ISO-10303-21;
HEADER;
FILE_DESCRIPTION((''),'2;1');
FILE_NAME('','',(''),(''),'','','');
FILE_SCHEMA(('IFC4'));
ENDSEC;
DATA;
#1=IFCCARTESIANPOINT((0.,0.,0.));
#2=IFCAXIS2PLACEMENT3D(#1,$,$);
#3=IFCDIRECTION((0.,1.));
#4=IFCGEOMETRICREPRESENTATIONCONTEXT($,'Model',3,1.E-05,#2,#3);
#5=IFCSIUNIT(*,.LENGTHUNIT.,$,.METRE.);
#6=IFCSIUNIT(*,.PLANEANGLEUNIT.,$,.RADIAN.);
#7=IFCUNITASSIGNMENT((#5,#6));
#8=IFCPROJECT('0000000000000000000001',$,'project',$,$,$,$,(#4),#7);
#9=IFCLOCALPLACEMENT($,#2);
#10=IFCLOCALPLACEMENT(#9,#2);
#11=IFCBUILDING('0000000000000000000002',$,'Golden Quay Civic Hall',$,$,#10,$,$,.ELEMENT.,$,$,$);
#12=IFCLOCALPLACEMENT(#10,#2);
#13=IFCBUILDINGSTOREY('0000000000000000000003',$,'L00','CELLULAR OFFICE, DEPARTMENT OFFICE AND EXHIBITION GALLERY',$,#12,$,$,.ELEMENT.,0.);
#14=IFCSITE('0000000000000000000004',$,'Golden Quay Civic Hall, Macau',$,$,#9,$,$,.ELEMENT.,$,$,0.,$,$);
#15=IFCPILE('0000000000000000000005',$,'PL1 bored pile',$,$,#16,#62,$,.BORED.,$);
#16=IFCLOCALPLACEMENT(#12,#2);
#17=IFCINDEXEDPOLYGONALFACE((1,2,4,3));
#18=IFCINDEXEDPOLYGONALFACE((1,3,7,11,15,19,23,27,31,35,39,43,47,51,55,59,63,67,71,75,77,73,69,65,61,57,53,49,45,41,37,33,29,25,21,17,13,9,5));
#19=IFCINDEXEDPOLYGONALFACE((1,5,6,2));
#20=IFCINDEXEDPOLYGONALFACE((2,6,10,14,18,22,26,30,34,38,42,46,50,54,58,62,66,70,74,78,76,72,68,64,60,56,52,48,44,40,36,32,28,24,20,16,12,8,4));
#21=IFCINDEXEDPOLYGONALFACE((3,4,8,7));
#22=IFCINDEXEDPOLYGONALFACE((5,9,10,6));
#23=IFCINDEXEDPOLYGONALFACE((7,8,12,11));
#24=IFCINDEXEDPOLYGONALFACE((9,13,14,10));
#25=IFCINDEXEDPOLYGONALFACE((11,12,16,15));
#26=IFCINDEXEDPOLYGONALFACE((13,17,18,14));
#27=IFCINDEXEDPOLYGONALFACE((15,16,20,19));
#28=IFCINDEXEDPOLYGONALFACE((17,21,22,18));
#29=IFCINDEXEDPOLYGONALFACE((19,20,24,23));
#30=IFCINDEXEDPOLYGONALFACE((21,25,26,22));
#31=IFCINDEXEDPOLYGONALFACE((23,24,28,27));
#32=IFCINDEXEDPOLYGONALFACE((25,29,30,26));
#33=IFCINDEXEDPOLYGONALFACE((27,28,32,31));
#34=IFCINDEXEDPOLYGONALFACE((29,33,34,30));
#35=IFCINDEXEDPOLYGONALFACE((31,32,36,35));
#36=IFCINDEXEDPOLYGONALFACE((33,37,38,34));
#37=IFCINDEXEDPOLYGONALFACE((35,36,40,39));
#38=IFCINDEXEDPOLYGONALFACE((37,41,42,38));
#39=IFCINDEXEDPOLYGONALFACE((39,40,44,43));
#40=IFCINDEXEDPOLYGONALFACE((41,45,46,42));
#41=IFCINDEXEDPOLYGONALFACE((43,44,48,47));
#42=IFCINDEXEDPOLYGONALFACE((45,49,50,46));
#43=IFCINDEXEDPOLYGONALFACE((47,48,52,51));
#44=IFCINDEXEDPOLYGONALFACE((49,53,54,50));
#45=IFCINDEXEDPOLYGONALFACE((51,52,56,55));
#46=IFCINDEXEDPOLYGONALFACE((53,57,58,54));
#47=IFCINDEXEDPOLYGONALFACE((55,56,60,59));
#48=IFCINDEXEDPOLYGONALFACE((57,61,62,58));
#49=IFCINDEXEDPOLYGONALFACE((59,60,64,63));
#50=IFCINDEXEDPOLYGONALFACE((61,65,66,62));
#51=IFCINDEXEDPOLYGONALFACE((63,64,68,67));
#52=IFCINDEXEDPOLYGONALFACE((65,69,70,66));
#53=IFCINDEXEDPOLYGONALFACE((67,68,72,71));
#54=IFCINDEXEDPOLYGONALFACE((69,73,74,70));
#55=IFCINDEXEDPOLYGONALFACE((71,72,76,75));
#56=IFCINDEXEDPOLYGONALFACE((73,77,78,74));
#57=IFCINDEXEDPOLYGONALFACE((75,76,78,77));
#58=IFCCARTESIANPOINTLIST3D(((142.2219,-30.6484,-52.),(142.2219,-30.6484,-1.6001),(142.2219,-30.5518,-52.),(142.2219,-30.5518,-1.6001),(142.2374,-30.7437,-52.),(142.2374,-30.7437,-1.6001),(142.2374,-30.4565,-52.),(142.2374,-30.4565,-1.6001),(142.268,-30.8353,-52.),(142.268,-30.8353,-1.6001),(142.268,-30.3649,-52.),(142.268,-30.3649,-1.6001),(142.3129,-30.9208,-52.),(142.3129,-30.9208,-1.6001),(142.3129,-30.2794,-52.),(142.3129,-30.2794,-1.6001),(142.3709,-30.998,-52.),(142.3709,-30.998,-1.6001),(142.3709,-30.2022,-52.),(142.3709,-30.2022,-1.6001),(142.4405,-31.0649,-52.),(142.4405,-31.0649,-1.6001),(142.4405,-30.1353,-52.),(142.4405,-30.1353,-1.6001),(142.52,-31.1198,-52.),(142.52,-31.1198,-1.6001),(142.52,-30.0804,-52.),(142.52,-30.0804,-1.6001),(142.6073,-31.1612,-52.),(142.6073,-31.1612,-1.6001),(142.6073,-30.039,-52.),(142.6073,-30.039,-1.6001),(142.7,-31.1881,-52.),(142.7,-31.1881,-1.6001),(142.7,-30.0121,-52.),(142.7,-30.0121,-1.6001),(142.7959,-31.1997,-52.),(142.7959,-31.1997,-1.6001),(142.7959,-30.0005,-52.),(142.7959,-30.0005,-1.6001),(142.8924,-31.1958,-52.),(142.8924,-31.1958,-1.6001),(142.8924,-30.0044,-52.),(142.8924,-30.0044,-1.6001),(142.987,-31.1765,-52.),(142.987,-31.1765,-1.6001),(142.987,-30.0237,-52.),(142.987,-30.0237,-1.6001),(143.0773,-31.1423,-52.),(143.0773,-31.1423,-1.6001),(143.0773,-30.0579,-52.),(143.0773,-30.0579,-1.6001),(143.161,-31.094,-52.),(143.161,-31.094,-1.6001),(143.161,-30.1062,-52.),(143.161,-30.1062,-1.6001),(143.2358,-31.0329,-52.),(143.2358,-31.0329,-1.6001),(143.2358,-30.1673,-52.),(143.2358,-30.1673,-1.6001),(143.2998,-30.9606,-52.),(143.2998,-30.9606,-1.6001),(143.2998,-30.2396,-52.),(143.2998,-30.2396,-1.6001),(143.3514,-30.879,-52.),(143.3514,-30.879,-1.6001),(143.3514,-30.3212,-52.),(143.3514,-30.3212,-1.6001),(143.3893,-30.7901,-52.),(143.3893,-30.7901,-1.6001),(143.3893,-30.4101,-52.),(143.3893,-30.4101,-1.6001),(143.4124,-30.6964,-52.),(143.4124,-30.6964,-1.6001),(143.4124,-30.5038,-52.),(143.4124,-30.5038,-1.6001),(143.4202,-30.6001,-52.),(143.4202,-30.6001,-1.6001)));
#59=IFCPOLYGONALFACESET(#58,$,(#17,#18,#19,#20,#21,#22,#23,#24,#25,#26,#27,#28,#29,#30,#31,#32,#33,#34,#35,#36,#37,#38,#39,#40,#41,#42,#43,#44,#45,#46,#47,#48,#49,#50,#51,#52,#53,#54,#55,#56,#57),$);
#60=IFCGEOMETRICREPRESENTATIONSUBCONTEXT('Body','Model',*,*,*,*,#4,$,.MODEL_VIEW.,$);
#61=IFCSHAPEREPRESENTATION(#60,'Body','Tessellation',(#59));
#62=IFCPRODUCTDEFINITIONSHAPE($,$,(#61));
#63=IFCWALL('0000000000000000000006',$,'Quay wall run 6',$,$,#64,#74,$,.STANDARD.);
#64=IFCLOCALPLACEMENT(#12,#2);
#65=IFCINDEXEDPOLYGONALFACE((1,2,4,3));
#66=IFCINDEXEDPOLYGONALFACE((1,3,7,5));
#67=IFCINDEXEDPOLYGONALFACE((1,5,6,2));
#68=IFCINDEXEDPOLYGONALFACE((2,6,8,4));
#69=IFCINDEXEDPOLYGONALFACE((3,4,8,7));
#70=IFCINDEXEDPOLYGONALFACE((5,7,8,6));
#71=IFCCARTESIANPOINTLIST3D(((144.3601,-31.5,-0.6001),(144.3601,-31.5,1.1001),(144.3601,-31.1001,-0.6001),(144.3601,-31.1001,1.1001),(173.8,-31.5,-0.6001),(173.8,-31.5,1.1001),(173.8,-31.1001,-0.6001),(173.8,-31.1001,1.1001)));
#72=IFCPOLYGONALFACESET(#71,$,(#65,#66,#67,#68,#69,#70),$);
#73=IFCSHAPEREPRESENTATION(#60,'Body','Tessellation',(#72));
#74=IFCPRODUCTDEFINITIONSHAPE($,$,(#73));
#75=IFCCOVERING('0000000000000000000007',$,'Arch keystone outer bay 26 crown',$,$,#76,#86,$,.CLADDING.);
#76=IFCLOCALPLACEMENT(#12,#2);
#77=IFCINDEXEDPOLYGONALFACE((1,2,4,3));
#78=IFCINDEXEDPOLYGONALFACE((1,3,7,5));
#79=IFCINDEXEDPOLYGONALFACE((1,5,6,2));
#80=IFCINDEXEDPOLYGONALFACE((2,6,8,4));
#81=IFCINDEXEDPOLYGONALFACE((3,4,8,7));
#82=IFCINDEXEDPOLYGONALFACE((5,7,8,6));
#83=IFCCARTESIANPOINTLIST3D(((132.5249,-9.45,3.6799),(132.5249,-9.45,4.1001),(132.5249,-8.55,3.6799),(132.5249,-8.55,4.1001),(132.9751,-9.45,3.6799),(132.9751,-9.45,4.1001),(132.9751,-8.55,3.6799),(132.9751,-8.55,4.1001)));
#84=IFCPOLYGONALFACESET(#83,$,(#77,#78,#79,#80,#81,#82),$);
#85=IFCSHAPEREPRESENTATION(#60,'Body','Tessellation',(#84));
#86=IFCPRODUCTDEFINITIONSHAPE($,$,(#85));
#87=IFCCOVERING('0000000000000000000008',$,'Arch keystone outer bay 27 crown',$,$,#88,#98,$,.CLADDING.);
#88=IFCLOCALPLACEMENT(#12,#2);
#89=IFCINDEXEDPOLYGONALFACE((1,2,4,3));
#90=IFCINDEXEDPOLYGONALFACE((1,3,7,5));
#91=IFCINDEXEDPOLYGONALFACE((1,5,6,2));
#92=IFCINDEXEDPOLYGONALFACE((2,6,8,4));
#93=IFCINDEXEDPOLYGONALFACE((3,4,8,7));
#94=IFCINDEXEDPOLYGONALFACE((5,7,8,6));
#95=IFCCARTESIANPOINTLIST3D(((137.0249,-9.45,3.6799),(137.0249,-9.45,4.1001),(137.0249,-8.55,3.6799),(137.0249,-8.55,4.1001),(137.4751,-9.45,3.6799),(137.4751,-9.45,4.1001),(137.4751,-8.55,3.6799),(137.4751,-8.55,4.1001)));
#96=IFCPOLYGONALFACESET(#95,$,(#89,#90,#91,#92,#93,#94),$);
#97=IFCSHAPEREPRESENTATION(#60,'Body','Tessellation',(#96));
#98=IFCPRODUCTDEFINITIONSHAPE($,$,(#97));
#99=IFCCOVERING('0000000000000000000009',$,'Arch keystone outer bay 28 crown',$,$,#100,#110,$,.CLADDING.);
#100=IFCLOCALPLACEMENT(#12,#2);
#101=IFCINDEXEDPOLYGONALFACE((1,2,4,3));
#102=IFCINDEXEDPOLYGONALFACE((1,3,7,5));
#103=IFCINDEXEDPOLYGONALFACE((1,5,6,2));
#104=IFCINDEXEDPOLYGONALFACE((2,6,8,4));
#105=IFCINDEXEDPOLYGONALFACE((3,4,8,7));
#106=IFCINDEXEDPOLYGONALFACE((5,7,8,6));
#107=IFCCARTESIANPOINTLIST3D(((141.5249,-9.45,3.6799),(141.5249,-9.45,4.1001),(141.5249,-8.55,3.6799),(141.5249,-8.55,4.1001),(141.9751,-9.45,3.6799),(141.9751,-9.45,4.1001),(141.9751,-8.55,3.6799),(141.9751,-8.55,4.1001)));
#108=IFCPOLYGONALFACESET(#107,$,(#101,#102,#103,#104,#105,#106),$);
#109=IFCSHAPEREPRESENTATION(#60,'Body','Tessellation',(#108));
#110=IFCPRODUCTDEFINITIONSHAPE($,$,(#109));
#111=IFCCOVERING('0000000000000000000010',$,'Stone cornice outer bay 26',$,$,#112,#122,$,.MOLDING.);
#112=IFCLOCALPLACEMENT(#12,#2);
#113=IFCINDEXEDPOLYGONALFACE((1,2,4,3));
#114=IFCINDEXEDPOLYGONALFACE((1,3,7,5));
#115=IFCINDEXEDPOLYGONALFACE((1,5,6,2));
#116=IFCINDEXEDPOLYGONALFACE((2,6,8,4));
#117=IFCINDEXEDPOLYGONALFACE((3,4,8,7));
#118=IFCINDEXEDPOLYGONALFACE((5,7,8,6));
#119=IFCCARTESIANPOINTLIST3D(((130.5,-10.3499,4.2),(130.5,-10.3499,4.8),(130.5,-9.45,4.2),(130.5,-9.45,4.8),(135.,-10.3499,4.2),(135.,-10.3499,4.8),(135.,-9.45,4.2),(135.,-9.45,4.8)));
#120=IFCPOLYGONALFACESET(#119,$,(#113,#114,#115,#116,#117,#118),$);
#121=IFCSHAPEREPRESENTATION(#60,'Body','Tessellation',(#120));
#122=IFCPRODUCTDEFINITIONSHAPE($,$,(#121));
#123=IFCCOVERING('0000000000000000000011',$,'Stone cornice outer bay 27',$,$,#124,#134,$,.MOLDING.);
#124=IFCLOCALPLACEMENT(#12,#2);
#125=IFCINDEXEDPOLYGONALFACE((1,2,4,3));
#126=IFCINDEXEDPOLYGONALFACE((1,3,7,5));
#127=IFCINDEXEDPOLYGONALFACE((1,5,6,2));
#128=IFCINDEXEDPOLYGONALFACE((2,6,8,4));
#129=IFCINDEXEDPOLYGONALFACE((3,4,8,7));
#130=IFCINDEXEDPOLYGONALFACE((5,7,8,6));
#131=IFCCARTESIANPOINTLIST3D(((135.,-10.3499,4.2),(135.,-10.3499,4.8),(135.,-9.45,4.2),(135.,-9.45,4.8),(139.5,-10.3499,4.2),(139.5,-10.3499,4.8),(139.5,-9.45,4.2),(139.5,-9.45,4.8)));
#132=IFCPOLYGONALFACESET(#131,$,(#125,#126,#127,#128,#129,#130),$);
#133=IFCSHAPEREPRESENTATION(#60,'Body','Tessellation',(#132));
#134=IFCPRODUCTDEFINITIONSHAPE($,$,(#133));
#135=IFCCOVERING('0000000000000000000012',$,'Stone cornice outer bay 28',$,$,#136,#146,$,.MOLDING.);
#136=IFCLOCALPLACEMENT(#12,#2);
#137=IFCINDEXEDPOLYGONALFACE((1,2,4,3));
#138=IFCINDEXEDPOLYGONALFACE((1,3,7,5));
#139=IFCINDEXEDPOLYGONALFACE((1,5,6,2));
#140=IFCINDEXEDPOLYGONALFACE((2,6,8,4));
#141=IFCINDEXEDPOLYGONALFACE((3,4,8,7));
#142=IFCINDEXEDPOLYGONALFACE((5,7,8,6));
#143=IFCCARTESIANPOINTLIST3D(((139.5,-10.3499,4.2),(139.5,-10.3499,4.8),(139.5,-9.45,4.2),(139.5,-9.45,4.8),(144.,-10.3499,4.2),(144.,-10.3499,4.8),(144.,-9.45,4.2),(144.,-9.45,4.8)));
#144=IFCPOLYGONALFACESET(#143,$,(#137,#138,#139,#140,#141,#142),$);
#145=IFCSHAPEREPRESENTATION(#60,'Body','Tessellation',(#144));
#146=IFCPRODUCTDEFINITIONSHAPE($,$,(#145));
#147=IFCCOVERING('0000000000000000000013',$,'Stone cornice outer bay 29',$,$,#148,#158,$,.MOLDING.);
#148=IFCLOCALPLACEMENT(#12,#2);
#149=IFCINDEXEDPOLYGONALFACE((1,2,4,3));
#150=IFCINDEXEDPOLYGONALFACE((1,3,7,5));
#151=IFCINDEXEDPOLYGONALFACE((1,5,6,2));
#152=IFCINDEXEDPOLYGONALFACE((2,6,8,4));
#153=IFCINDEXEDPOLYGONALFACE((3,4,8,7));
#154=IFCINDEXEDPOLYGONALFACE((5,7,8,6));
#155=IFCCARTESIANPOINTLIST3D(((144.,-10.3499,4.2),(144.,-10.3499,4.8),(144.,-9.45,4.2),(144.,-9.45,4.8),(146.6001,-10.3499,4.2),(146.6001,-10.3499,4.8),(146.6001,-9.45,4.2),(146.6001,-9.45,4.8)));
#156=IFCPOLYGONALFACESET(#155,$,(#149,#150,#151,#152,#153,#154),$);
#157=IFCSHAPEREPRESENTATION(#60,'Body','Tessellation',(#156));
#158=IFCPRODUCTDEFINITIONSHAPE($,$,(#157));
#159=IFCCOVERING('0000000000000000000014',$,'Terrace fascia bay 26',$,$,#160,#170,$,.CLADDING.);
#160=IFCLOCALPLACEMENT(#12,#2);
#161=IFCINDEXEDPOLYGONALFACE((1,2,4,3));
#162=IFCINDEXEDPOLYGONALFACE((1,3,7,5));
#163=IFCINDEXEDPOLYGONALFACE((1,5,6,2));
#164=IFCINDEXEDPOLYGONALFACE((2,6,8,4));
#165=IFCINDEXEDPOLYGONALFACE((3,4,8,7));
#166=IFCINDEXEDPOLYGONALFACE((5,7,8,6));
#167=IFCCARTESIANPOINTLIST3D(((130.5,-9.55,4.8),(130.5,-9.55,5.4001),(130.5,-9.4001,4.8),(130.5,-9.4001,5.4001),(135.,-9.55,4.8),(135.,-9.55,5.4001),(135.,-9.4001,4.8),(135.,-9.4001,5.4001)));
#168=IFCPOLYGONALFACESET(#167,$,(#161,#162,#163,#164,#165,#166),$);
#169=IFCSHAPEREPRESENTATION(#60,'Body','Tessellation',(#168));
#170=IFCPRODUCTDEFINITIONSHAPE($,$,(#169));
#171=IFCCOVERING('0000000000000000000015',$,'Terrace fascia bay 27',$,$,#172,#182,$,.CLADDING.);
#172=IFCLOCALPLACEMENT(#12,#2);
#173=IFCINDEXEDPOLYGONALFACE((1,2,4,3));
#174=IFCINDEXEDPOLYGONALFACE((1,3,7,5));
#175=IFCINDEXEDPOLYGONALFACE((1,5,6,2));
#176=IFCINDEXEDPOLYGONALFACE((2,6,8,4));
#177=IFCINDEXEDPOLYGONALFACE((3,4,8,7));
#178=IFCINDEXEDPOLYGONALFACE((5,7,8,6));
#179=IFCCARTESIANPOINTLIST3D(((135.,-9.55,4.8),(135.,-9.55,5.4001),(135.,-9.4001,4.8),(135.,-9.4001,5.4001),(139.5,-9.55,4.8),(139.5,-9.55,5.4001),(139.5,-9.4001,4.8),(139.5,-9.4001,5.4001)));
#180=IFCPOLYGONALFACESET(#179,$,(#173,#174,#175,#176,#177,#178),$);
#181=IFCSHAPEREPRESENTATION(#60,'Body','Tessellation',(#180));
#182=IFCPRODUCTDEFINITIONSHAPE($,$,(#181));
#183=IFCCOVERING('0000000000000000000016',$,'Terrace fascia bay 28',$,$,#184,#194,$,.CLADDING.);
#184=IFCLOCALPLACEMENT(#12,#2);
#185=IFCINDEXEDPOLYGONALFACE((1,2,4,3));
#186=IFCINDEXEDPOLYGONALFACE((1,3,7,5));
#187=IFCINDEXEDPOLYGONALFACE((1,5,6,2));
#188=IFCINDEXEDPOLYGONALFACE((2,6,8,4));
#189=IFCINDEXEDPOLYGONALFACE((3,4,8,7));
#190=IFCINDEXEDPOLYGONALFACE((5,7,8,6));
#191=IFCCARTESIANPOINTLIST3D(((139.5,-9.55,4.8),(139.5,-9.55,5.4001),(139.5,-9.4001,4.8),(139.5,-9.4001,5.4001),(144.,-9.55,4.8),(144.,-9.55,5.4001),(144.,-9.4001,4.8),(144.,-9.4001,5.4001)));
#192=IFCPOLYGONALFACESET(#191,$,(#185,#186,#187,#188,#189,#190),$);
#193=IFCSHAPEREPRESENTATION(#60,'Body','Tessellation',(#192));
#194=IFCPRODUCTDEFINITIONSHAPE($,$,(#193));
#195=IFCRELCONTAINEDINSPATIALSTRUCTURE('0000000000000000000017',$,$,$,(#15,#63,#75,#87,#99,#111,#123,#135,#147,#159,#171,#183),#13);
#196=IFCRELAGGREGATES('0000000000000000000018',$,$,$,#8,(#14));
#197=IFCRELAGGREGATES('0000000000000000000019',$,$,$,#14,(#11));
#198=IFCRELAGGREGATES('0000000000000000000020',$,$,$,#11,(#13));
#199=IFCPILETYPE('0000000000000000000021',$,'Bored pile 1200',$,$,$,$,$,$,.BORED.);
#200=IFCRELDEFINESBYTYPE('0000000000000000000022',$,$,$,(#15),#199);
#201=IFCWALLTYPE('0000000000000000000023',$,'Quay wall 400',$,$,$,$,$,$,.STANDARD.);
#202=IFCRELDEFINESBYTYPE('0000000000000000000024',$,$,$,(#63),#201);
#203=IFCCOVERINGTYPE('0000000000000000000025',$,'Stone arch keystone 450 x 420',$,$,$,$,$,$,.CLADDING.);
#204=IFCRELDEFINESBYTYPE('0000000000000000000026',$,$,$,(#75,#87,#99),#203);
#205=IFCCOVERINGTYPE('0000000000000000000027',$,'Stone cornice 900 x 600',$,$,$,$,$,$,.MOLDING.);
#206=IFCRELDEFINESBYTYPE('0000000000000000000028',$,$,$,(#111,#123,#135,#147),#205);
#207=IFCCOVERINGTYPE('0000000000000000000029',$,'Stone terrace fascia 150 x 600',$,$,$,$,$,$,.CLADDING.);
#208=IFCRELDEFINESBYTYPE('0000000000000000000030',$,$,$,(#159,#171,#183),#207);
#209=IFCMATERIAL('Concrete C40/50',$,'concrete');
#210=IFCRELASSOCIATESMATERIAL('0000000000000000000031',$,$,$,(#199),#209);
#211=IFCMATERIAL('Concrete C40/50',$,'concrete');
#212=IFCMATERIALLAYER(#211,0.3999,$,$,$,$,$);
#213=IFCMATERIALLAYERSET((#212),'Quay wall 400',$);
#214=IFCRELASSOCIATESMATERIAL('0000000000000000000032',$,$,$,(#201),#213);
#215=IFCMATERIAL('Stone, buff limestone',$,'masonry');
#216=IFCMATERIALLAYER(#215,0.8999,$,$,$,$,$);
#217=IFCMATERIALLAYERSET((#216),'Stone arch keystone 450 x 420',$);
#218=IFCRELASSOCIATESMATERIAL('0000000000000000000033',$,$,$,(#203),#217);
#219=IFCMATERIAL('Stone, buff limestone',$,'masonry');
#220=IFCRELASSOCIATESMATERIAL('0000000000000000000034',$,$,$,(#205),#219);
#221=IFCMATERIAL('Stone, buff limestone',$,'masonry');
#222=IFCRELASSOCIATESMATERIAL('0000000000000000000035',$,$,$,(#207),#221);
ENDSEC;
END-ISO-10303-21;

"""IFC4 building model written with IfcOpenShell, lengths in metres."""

from ifc_helpers import new_model, si_unit, direction, frame, frame_2d, origin, origin_2d, place, context, subcontext, project, spatial, polyline, rectangle, circle, outline, extrude, material, layer, layer_set, material_profile, profile_set, type_object, element, save


model = new_model("IFC4")

# Units and contexts
model_context = context("Model", 3, precision=1e-05, world=origin(), true_north=direction((0.0, 1.0)))
body_context = subcontext(model_context, "Body", "Model", "MODEL_VIEW")
ifc_project = project(units=[si_unit("LENGTHUNIT", "METRE"), si_unit("PLANEANGLEUNIT", "RADIAN")], contexts=[model_context])

# Site, building, storey
site_placement = place(None, origin())
site = spatial("IfcSite", under=ifc_project, at=site_placement, Name="Golden Quay Civic Hall, Macau", CompositionType="ELEMENT", RefElevation=0.0)
building_placement = place(site_placement, origin())
building = spatial("IfcBuilding", under=site, at=building_placement, Name="Golden Quay Civic Hall", CompositionType="ELEMENT")
storey_placement = place(building_placement, origin())
storey = spatial("IfcBuildingStorey", under=building, at=storey_placement, Name="L00", Description="CELLULAR OFFICE, DEPARTMENT OFFICE AND EXHIBITION GALLERY", CompositionType="ELEMENT", Elevation=0.0)

# Pile
ifc_material_1 = material(Name="Concrete C40/50", Category="concrete")
ifc_material_profile_1 = material_profile(ifc_material_1, circle(Radius=0.6001, at=origin_2d()), Name="RC D1200")
ifc_profile_set_1 = profile_set([ifc_material_profile_1], Name="Concrete C40/50")
pile_type = type_object("IfcPileType", Name="Bored pile 1200", PredefinedType="BORED", material=ifc_profile_set_1)
for number, where, z_axis, x_axis, name in (
    (1, (142.8201, -30.6001, -1.6001), (0.0, 0.0, -1.0), (1.0, 0.0, 0.0), "PL1 bored pile"),
):
    element("IfcPile", number, at=place(storey_placement, frame(where, z_axis=z_axis, x_axis=x_axis)), inside=storey, type_object=pile_type, Name=name, PredefinedType="BORED", context=body_context, shape_type="SweptSolid", body=[
        extrude(circle(Radius=0.6001, at=origin_2d()), origin(), (0.0, 0.0, 1.0), 50.3999),
    ])

# Wall
ifc_material_2 = material(Name="Concrete C40/50", Category="concrete")
ifc_layer_1 = layer(ifc_material_2, 0.3999)
ifc_layer_set_1 = layer_set([ifc_layer_1], Name="Quay wall 400")
wall_type = type_object("IfcWallType", Name="Quay wall 400", PredefinedType="STANDARD", material=ifc_layer_set_1)
wall_placement = place(storey_placement, frame((144.3601, -31.3, -0.6001), z_axis=(0.0, 0.0, 1.0), x_axis=(1.0, 0.0, 0.0)))
element("IfcWall", 2, at=wall_placement, inside=storey, type_object=wall_type, Name="Quay wall run 6", PredefinedType="STANDARD", context=body_context, shape_type="SweptSolid", body=[
    extrude(rectangle(XDim=29.4399, YDim=0.3999, at=frame_2d((14.72, 0.0))), origin(), (0.0, 0.0, 1.0), 1.7002),
])

# Coverings
ifc_material_3 = material(Name="Stone, buff limestone", Category="masonry")
ifc_layer_2 = layer(ifc_material_3, 0.8999)
ifc_layer_set_2 = layer_set([ifc_layer_2], Name="Stone arch keystone 450 x 420")
covering_type_1 = type_object("IfcCoveringType", Name="Stone arch keystone 450 x 420", PredefinedType="CLADDING", material=ifc_layer_set_2)
for number, where, z_axis, x_axis, name in (
    (3, (132.5249, -9.45, 3.6799), (0.0, -1.0, 0.0), (1.0, 0.0, 0.0), "Arch keystone outer bay 26 crown"),
    (4, (137.0249, -9.45, 3.6799), (0.0, -1.0, 0.0), (1.0, 0.0, 0.0), "Arch keystone outer bay 27 crown"),
    (5, (141.5249, -9.45, 3.6799), (0.0, -1.0, 0.0), (1.0, 0.0, 0.0), "Arch keystone outer bay 28 crown"),
):
    element("IfcCovering", number, at=place(storey_placement, frame(where, z_axis=z_axis, x_axis=x_axis)), inside=storey, type_object=covering_type_1, Name=name, PredefinedType="CLADDING", context=body_context, shape_type="SweptSolid", body=[
        extrude(outline(polyline([(0.0, 0.0), (0.4502, 0.0), (0.4502, 0.4202), (0.0, 0.4202), (0.0, 0.0)])), origin(), (0.0, 0.0, -1.0), 0.8999),
    ])
ifc_material_4 = material(Name="Stone, buff limestone", Category="masonry")
ifc_material_profile_2 = material_profile(ifc_material_4, rectangle(XDim=0.8999, YDim=0.6001, at=origin_2d()), Name="RC 900x600")
ifc_profile_set_2 = profile_set([ifc_material_profile_2], Name="Stone, buff limestone")
covering_type_2 = type_object("IfcCoveringType", Name="Stone cornice 900 x 600", PredefinedType="MOLDING", material=ifc_profile_set_2)
for number, where, z_axis, x_axis, name in (
    (6, (130.5, -9.8999, 4.5), (1.0, 0.0, 0.0), (0.0, 1.0, 0.0), "Stone cornice outer bay 26"),
    (7, (135.0, -9.8999, 4.5), (1.0, 0.0, 0.0), (0.0, 1.0, 0.0), "Stone cornice outer bay 27"),
    (8, (139.5, -9.8999, 4.5), (1.0, 0.0, 0.0), (0.0, 1.0, 0.0), "Stone cornice outer bay 28"),
):
    element("IfcCovering", number, at=place(storey_placement, frame(where, z_axis=z_axis, x_axis=x_axis)), inside=storey, type_object=covering_type_2, Name=name, PredefinedType="MOLDING", context=body_context, shape_type="SweptSolid", body=[
        extrude(rectangle(XDim=0.8999, YDim=0.6001, at=origin_2d()), origin(), (0.0, 0.0, 1.0), 4.5),
    ])
covering_1_placement = place(storey_placement, frame((144.0, -9.8999, 4.5), z_axis=(1.0, 0.0, 0.0), x_axis=(0.0, 1.0, 0.0)))
element("IfcCovering", 9, at=covering_1_placement, inside=storey, type_object=covering_type_2, Name="Stone cornice outer bay 29", PredefinedType="MOLDING", context=body_context, shape_type="SweptSolid", body=[
    extrude(rectangle(XDim=0.8999, YDim=0.6001, at=origin_2d()), origin(), (0.0, 0.0, 1.0), 2.6001),
])
ifc_material_5 = material(Name="Stone, buff limestone", Category="masonry")
ifc_material_profile_3 = material_profile(ifc_material_5, rectangle(XDim=0.1499, YDim=0.6001, at=origin_2d()), Name="RC 150x600")
ifc_profile_set_3 = profile_set([ifc_material_profile_3], Name="Stone, buff limestone")
covering_type_3 = type_object("IfcCoveringType", Name="Stone terrace fascia 150 x 600", PredefinedType="CLADDING", material=ifc_profile_set_3)
for number, where, z_axis, x_axis, name in (
    (10, (130.5, -9.4751, 5.1001), (1.0, 0.0, 0.0), (0.0, 1.0, 0.0), "Terrace fascia bay 26"),
    (11, (135.0, -9.4751, 5.1001), (1.0, 0.0, 0.0), (0.0, 1.0, 0.0), "Terrace fascia bay 27"),
    (12, (139.5, -9.4751, 5.1001), (1.0, 0.0, 0.0), (0.0, 1.0, 0.0), "Terrace fascia bay 28"),
):
    element("IfcCovering", number, at=place(storey_placement, frame(where, z_axis=z_axis, x_axis=x_axis)), inside=storey, type_object=covering_type_3, Name=name, PredefinedType="CLADDING", context=body_context, shape_type="SweptSolid", body=[
        extrude(rectangle(XDim=0.1499, YDim=0.6001, at=origin_2d()), origin(), (0.0, 0.0, 1.0), 4.5),
    ])

save(model, "model.ifc")
